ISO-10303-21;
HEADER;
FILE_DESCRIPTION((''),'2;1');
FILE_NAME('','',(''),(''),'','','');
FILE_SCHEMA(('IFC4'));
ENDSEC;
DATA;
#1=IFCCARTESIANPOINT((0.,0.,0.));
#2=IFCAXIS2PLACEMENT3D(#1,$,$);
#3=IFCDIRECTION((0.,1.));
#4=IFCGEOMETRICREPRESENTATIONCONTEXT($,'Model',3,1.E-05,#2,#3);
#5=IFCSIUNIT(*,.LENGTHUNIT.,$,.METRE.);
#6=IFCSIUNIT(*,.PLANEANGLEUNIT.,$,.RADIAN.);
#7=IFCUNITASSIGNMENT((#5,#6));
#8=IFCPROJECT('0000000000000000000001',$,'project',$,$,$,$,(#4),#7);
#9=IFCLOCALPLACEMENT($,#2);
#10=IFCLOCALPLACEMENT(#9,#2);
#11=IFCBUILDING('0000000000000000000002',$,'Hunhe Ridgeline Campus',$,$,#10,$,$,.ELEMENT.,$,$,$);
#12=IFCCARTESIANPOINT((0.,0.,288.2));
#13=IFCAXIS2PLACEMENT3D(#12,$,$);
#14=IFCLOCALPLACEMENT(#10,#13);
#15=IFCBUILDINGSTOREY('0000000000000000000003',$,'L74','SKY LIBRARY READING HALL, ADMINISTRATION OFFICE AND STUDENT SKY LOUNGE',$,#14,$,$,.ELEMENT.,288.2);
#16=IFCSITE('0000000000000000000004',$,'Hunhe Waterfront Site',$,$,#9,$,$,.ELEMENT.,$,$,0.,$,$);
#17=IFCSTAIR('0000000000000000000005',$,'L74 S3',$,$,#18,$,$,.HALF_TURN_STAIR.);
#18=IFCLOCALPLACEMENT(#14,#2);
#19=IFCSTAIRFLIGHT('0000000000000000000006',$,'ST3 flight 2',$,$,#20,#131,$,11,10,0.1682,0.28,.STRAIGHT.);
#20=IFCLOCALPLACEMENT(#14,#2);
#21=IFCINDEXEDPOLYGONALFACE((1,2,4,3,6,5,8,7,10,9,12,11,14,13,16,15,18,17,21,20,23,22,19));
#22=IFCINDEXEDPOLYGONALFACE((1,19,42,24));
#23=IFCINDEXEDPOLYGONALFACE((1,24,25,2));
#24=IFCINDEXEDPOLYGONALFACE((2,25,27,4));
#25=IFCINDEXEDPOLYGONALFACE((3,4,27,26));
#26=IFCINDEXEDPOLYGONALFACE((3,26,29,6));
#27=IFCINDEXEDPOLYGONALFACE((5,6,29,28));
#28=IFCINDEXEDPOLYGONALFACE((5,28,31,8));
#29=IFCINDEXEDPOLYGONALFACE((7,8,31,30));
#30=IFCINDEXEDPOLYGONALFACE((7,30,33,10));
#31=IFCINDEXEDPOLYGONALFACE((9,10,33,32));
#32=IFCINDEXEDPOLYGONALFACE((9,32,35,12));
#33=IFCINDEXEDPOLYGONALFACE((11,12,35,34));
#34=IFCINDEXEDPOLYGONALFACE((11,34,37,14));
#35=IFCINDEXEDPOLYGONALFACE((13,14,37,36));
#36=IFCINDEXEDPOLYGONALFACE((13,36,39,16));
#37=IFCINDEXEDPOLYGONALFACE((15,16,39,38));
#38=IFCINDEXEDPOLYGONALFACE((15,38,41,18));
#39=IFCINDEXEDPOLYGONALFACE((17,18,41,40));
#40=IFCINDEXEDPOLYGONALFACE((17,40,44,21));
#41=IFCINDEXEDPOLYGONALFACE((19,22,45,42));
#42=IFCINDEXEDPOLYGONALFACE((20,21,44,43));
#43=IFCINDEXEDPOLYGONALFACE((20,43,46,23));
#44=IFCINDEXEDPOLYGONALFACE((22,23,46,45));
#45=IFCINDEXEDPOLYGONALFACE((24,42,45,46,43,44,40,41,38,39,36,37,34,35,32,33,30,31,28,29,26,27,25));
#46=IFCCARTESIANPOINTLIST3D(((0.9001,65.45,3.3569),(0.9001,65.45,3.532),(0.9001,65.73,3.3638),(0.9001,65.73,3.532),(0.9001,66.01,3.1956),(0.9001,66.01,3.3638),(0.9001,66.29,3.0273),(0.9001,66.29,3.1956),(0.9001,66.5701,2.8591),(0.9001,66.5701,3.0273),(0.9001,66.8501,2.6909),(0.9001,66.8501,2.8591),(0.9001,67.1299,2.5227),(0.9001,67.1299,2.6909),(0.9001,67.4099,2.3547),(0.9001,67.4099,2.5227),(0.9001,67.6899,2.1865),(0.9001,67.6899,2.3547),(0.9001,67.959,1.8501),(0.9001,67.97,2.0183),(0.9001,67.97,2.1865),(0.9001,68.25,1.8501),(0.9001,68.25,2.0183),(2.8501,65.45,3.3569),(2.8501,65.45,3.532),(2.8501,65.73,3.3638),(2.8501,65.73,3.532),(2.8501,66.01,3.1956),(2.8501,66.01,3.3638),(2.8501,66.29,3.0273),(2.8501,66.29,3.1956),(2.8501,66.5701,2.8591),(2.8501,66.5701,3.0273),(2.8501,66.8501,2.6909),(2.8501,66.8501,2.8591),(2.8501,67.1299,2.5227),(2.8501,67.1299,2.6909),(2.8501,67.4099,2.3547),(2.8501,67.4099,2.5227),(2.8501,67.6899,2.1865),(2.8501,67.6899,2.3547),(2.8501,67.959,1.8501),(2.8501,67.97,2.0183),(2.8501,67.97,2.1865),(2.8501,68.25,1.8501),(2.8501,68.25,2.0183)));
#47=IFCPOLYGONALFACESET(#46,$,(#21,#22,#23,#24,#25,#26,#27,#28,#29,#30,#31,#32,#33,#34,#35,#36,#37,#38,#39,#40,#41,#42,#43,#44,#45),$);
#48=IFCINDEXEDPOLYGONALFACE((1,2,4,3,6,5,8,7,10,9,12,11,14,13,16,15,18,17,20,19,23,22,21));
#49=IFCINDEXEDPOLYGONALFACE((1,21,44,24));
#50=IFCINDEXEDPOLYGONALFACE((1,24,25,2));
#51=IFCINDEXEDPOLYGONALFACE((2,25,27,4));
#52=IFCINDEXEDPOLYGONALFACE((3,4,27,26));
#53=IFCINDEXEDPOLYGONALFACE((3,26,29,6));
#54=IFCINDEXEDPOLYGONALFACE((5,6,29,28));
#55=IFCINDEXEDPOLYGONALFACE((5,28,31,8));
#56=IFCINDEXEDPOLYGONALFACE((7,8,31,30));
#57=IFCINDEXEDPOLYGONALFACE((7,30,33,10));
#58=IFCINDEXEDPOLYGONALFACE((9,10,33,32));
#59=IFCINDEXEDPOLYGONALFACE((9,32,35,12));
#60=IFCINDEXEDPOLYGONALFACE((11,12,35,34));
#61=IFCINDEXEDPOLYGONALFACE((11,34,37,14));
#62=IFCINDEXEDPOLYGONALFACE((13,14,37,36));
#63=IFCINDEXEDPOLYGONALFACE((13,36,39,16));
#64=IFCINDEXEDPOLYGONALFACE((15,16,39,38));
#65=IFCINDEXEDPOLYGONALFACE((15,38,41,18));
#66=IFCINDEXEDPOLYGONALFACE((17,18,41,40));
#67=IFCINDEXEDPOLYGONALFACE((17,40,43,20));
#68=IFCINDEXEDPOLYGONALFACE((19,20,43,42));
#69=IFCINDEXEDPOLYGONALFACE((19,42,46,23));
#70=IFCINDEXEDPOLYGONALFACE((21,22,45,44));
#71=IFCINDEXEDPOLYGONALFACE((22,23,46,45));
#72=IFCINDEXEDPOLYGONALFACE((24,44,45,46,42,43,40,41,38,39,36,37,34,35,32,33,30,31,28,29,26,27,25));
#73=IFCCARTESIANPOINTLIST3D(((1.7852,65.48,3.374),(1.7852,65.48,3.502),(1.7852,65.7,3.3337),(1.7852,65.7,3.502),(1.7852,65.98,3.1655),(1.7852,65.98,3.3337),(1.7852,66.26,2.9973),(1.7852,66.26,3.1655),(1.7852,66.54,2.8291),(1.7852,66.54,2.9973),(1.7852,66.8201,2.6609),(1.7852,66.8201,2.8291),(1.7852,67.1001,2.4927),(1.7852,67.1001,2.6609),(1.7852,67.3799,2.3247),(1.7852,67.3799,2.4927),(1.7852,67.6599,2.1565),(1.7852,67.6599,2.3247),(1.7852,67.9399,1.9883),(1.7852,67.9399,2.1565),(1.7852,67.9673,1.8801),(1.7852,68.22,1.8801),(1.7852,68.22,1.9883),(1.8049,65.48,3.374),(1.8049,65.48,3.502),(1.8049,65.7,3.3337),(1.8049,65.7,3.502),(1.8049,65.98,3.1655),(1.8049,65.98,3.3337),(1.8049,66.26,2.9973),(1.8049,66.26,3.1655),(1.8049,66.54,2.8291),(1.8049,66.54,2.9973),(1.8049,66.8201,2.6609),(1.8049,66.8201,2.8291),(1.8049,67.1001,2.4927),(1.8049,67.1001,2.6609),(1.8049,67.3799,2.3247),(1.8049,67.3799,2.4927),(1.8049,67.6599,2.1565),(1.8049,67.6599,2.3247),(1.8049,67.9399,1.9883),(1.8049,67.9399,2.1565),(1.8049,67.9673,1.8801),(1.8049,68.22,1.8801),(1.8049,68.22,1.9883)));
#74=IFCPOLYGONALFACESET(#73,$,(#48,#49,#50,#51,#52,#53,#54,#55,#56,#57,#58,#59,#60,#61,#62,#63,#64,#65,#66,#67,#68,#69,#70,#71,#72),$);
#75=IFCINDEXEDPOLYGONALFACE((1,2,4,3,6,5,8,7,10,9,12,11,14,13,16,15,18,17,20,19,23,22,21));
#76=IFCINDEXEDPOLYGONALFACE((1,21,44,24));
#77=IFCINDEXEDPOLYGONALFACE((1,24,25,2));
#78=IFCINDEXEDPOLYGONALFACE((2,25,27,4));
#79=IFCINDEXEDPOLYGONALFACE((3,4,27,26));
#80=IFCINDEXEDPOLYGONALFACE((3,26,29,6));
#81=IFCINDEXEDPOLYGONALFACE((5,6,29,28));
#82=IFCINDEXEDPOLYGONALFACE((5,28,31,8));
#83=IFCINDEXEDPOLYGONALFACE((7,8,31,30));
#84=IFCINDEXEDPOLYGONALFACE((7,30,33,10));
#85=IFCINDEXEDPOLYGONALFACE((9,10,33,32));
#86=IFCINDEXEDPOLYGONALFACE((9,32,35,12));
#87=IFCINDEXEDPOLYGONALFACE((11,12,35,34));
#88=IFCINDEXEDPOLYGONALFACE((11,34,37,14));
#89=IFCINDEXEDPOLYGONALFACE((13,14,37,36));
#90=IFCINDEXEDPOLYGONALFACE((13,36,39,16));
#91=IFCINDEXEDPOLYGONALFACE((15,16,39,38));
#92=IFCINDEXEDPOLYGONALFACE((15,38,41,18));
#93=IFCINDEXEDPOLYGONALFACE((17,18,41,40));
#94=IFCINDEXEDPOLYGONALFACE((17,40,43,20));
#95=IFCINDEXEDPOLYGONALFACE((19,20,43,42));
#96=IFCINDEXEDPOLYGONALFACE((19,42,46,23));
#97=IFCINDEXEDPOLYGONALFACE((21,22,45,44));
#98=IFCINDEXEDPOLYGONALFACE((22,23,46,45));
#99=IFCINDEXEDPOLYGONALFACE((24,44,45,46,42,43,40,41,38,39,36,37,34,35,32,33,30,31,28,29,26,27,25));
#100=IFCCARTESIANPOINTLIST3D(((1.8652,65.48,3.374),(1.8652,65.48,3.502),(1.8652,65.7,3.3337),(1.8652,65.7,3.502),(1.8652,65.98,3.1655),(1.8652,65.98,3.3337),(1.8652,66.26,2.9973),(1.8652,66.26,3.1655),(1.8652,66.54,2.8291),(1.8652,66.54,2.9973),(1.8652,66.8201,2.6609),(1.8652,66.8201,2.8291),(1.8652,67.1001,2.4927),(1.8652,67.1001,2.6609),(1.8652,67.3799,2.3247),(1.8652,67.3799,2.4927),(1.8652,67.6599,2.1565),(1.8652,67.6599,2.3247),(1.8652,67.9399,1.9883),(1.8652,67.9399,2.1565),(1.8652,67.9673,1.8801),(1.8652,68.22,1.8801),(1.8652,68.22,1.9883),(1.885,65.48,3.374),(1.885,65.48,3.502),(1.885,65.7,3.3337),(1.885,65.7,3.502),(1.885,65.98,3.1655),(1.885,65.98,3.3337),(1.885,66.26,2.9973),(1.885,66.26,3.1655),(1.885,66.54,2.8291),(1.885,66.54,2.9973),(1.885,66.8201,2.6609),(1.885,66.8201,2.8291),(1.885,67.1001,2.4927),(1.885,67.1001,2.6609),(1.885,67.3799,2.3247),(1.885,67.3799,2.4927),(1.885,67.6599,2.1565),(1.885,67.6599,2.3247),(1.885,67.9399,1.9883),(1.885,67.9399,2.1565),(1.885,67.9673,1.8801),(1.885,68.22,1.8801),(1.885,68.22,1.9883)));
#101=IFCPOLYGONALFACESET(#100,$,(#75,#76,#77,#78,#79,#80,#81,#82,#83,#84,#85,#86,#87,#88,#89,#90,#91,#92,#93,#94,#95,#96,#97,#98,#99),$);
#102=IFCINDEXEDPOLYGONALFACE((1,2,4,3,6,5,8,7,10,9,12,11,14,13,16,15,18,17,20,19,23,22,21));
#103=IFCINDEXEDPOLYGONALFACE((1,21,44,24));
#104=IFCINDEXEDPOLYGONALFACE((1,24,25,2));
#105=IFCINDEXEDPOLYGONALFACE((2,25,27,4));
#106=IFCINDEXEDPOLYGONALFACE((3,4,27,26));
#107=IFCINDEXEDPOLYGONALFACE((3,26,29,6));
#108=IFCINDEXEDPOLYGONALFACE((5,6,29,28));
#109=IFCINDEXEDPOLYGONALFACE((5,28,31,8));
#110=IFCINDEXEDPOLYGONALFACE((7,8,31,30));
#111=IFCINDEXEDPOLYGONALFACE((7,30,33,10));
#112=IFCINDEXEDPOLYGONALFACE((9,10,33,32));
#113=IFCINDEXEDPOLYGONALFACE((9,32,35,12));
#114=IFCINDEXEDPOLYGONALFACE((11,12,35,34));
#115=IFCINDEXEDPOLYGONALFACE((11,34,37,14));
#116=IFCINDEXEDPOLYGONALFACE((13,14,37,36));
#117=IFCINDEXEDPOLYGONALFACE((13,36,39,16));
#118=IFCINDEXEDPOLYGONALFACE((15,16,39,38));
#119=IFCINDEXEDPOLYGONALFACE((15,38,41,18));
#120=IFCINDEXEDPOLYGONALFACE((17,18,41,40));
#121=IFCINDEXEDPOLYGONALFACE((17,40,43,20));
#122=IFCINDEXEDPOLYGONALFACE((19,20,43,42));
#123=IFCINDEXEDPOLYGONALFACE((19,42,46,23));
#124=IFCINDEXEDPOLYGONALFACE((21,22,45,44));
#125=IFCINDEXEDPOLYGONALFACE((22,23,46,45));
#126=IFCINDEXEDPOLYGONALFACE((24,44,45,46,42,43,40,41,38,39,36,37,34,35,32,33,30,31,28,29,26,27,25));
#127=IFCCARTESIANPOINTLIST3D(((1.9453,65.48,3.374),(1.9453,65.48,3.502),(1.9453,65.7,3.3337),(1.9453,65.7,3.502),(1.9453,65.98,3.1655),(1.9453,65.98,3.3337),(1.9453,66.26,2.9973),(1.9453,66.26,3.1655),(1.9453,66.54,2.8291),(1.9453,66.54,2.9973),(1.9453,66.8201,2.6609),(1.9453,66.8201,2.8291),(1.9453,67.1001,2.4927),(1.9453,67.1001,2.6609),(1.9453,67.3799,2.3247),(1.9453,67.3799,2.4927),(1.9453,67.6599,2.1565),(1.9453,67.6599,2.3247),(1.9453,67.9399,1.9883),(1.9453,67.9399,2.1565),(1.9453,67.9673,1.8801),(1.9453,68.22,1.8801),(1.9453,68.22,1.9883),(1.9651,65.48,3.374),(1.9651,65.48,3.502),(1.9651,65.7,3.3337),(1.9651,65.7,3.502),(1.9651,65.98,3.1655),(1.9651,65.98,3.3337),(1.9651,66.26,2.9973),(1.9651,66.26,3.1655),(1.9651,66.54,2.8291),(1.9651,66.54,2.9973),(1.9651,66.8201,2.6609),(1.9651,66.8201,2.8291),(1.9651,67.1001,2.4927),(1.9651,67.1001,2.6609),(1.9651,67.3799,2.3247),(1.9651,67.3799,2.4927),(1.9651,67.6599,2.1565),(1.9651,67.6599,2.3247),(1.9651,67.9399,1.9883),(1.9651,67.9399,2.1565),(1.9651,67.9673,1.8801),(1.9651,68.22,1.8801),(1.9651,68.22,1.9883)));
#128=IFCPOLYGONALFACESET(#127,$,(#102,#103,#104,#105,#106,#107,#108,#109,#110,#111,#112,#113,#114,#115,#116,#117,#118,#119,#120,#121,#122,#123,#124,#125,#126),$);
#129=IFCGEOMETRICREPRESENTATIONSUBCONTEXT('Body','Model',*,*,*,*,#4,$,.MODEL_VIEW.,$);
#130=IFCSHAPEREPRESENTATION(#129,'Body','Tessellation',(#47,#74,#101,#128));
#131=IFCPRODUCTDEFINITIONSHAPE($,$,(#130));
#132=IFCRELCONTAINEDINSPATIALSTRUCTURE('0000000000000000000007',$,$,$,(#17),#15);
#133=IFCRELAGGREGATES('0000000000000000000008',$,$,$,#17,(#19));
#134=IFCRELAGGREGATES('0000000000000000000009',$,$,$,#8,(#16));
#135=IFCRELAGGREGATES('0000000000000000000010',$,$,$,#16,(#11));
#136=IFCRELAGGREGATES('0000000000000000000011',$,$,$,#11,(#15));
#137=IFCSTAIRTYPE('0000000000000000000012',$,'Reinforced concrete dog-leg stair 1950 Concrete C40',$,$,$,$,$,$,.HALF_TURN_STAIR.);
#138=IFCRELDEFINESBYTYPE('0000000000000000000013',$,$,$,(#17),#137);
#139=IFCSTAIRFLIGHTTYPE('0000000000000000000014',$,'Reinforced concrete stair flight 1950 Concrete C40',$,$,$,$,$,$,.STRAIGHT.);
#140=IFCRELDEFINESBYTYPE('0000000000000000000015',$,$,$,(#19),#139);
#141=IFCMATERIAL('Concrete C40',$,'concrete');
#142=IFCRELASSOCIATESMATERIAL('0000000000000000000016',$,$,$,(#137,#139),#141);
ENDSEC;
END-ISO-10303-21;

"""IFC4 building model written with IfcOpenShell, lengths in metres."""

from ifc_helpers import new_model, si_unit, direction, frame, origin, place, context, subcontext, project, spatial, polyline, outline, extrude, material, type_object, element, aggregate, save


model = new_model("IFC4")

# Units and contexts
model_context = context("Model", 3, precision=1e-05, world=origin(), true_north=direction((0.0, 1.0)))
body_context = subcontext(model_context, "Body", "Model", "MODEL_VIEW")
ifc_project = project(units=[si_unit("LENGTHUNIT", "METRE"), si_unit("PLANEANGLEUNIT", "RADIAN")], contexts=[model_context])

# Site, building, storey
site_placement = place(None, origin())
site = spatial("IfcSite", under=ifc_project, at=site_placement, Name="Hunhe Waterfront Site", CompositionType="ELEMENT", RefElevation=0.0)
building_placement = place(site_placement, origin())
building = spatial("IfcBuilding", under=site, at=building_placement, Name="Hunhe Ridgeline Campus", CompositionType="ELEMENT")
storey_placement = place(building_placement, frame((0.0, 0.0, 288.2)))
storey = spatial("IfcBuildingStorey", under=building, at=storey_placement, Name="L74", Description="SKY LIBRARY READING HALL, ADMINISTRATION OFFICE AND STUDENT SKY LOUNGE", CompositionType="ELEMENT", Elevation=288.2)

# Stair, stair flight
ifc_material_1 = material(Name="Concrete C40", Category="concrete")
stair_type = type_object("IfcStairType", Name="Reinforced concrete dog-leg stair 1950 Concrete C40", PredefinedType="HALF_TURN_STAIR", material=ifc_material_1)
stair_1_placement = place(storey_placement, origin())
stair_1 = element("IfcStair", 1, at=stair_1_placement, inside=storey, type_object=stair_type, Name="L74 S3", PredefinedType="HALF_TURN_STAIR")
stair_flight_type = type_object("IfcStairFlightType", Name="Reinforced concrete stair flight 1950 Concrete C40", PredefinedType="STRAIGHT", material=ifc_material_1)
stair_flight_1_placement = place(storey_placement, frame((1.875, 68.25, 1.8501), z_axis=(0.0, 0.0, 1.0), x_axis=(0.0, -1.0, 0.0)))
stair_flight_1 = element("IfcStairFlight", 2, at=stair_flight_1_placement, type_object=stair_flight_type, Name="ST3 flight 2", NumberOfRisers=11, NumberOfTreads=10, PredefinedType="STRAIGHT", RiserHeight=0.1682, TreadLength=0.28, context=body_context, shape_type="SweptSolid", body=[
    extrude(outline(polyline([(0.0, 0.0), (0.0, 0.1682), (0.28, 0.1682), (0.28, 0.3364), (0.5601, 0.3364), (0.5601, 0.5046), (0.8401, 0.5046), (0.8401, 0.6726), (1.1201, 0.6726), (1.1201, 0.8408), (1.3999, 0.8408), (1.3999, 1.009), (1.6799, 1.009), (1.6799, 1.1772), (1.96, 1.1772), (1.96, 1.3455), (2.24, 1.3455), (2.24, 1.5137), (2.52, 1.5137), (2.52, 1.6819), (2.8, 1.6819), (2.8, 1.8501), (2.8, 1.5068), (0.291, 0.0), (0.0, 0.0)])), frame((0.0, 0.9751, 0.0), z_axis=(0.0, -1.0, 0.0), x_axis=(1.0, 0.0, 0.0)), (0.0, 0.0, 1.0), 1.95),
    extrude(outline(polyline([(0.03, 0.03), (0.03, 0.1382), (0.3101, 0.1382), (0.3101, 0.3064), (0.5901, 0.3064), (0.5901, 0.4746), (0.8701, 0.4746), (0.8701, 0.6426), (1.1499, 0.6426), (1.1499, 0.8108), (1.4299, 0.8108), (1.4299, 0.979), (1.71, 0.979), (1.71, 1.1472), (1.99, 1.1472), (1.99, 1.3154), (2.27, 1.3154), (2.27, 1.4836), (2.55, 1.4836), (2.55, 1.6519), (2.77, 1.6519), (2.77, 1.5239), (0.2827, 0.03), (0.03, 0.03)])), frame((0.0, -0.0701, 0.0), z_axis=(0.0, -1.0, 0.0), x_axis=(1.0, 0.0, 0.0)), (0.0, 0.0, 1.0), 0.0198),
    extrude(outline(polyline([(0.03, 0.03), (0.03, 0.1382), (0.3101, 0.1382), (0.3101, 0.3064), (0.5901, 0.3064), (0.5901, 0.4746), (0.8701, 0.4746), (0.8701, 0.6426), (1.1499, 0.6426), (1.1499, 0.8108), (1.4299, 0.8108), (1.4299, 0.979), (1.71, 0.979), (1.71, 1.1472), (1.99, 1.1472), (1.99, 1.3154), (2.27, 1.3154), (2.27, 1.4836), (2.55, 1.4836), (2.55, 1.6519), (2.77, 1.6519), (2.77, 1.5239), (0.2827, 0.03), (0.03, 0.03)])), frame((0.0, 0.01, 0.0), z_axis=(0.0, -1.0, 0.0), x_axis=(1.0, 0.0, 0.0)), (0.0, 0.0, 1.0), 0.0198),
    extrude(outline(polyline([(0.03, 0.03), (0.03, 0.1382), (0.3101, 0.1382), (0.3101, 0.3064), (0.5901, 0.3064), (0.5901, 0.4746), (0.8701, 0.4746), (0.8701, 0.6426), (1.1499, 0.6426), (1.1499, 0.8108), (1.4299, 0.8108), (1.4299, 0.979), (1.71, 0.979), (1.71, 1.1472), (1.99, 1.1472), (1.99, 1.3154), (2.27, 1.3154), (2.27, 1.4836), (2.55, 1.4836), (2.55, 1.6519), (2.77, 1.6519), (2.77, 1.5239), (0.2827, 0.03), (0.03, 0.03)])), frame((0.0, 0.0901, 0.0), z_axis=(0.0, -1.0, 0.0), x_axis=(1.0, 0.0, 0.0)), (0.0, 0.0, 1.0), 0.0198),
])
aggregate(stair_1, [stair_flight_1])

save(model, "model.ifc")
